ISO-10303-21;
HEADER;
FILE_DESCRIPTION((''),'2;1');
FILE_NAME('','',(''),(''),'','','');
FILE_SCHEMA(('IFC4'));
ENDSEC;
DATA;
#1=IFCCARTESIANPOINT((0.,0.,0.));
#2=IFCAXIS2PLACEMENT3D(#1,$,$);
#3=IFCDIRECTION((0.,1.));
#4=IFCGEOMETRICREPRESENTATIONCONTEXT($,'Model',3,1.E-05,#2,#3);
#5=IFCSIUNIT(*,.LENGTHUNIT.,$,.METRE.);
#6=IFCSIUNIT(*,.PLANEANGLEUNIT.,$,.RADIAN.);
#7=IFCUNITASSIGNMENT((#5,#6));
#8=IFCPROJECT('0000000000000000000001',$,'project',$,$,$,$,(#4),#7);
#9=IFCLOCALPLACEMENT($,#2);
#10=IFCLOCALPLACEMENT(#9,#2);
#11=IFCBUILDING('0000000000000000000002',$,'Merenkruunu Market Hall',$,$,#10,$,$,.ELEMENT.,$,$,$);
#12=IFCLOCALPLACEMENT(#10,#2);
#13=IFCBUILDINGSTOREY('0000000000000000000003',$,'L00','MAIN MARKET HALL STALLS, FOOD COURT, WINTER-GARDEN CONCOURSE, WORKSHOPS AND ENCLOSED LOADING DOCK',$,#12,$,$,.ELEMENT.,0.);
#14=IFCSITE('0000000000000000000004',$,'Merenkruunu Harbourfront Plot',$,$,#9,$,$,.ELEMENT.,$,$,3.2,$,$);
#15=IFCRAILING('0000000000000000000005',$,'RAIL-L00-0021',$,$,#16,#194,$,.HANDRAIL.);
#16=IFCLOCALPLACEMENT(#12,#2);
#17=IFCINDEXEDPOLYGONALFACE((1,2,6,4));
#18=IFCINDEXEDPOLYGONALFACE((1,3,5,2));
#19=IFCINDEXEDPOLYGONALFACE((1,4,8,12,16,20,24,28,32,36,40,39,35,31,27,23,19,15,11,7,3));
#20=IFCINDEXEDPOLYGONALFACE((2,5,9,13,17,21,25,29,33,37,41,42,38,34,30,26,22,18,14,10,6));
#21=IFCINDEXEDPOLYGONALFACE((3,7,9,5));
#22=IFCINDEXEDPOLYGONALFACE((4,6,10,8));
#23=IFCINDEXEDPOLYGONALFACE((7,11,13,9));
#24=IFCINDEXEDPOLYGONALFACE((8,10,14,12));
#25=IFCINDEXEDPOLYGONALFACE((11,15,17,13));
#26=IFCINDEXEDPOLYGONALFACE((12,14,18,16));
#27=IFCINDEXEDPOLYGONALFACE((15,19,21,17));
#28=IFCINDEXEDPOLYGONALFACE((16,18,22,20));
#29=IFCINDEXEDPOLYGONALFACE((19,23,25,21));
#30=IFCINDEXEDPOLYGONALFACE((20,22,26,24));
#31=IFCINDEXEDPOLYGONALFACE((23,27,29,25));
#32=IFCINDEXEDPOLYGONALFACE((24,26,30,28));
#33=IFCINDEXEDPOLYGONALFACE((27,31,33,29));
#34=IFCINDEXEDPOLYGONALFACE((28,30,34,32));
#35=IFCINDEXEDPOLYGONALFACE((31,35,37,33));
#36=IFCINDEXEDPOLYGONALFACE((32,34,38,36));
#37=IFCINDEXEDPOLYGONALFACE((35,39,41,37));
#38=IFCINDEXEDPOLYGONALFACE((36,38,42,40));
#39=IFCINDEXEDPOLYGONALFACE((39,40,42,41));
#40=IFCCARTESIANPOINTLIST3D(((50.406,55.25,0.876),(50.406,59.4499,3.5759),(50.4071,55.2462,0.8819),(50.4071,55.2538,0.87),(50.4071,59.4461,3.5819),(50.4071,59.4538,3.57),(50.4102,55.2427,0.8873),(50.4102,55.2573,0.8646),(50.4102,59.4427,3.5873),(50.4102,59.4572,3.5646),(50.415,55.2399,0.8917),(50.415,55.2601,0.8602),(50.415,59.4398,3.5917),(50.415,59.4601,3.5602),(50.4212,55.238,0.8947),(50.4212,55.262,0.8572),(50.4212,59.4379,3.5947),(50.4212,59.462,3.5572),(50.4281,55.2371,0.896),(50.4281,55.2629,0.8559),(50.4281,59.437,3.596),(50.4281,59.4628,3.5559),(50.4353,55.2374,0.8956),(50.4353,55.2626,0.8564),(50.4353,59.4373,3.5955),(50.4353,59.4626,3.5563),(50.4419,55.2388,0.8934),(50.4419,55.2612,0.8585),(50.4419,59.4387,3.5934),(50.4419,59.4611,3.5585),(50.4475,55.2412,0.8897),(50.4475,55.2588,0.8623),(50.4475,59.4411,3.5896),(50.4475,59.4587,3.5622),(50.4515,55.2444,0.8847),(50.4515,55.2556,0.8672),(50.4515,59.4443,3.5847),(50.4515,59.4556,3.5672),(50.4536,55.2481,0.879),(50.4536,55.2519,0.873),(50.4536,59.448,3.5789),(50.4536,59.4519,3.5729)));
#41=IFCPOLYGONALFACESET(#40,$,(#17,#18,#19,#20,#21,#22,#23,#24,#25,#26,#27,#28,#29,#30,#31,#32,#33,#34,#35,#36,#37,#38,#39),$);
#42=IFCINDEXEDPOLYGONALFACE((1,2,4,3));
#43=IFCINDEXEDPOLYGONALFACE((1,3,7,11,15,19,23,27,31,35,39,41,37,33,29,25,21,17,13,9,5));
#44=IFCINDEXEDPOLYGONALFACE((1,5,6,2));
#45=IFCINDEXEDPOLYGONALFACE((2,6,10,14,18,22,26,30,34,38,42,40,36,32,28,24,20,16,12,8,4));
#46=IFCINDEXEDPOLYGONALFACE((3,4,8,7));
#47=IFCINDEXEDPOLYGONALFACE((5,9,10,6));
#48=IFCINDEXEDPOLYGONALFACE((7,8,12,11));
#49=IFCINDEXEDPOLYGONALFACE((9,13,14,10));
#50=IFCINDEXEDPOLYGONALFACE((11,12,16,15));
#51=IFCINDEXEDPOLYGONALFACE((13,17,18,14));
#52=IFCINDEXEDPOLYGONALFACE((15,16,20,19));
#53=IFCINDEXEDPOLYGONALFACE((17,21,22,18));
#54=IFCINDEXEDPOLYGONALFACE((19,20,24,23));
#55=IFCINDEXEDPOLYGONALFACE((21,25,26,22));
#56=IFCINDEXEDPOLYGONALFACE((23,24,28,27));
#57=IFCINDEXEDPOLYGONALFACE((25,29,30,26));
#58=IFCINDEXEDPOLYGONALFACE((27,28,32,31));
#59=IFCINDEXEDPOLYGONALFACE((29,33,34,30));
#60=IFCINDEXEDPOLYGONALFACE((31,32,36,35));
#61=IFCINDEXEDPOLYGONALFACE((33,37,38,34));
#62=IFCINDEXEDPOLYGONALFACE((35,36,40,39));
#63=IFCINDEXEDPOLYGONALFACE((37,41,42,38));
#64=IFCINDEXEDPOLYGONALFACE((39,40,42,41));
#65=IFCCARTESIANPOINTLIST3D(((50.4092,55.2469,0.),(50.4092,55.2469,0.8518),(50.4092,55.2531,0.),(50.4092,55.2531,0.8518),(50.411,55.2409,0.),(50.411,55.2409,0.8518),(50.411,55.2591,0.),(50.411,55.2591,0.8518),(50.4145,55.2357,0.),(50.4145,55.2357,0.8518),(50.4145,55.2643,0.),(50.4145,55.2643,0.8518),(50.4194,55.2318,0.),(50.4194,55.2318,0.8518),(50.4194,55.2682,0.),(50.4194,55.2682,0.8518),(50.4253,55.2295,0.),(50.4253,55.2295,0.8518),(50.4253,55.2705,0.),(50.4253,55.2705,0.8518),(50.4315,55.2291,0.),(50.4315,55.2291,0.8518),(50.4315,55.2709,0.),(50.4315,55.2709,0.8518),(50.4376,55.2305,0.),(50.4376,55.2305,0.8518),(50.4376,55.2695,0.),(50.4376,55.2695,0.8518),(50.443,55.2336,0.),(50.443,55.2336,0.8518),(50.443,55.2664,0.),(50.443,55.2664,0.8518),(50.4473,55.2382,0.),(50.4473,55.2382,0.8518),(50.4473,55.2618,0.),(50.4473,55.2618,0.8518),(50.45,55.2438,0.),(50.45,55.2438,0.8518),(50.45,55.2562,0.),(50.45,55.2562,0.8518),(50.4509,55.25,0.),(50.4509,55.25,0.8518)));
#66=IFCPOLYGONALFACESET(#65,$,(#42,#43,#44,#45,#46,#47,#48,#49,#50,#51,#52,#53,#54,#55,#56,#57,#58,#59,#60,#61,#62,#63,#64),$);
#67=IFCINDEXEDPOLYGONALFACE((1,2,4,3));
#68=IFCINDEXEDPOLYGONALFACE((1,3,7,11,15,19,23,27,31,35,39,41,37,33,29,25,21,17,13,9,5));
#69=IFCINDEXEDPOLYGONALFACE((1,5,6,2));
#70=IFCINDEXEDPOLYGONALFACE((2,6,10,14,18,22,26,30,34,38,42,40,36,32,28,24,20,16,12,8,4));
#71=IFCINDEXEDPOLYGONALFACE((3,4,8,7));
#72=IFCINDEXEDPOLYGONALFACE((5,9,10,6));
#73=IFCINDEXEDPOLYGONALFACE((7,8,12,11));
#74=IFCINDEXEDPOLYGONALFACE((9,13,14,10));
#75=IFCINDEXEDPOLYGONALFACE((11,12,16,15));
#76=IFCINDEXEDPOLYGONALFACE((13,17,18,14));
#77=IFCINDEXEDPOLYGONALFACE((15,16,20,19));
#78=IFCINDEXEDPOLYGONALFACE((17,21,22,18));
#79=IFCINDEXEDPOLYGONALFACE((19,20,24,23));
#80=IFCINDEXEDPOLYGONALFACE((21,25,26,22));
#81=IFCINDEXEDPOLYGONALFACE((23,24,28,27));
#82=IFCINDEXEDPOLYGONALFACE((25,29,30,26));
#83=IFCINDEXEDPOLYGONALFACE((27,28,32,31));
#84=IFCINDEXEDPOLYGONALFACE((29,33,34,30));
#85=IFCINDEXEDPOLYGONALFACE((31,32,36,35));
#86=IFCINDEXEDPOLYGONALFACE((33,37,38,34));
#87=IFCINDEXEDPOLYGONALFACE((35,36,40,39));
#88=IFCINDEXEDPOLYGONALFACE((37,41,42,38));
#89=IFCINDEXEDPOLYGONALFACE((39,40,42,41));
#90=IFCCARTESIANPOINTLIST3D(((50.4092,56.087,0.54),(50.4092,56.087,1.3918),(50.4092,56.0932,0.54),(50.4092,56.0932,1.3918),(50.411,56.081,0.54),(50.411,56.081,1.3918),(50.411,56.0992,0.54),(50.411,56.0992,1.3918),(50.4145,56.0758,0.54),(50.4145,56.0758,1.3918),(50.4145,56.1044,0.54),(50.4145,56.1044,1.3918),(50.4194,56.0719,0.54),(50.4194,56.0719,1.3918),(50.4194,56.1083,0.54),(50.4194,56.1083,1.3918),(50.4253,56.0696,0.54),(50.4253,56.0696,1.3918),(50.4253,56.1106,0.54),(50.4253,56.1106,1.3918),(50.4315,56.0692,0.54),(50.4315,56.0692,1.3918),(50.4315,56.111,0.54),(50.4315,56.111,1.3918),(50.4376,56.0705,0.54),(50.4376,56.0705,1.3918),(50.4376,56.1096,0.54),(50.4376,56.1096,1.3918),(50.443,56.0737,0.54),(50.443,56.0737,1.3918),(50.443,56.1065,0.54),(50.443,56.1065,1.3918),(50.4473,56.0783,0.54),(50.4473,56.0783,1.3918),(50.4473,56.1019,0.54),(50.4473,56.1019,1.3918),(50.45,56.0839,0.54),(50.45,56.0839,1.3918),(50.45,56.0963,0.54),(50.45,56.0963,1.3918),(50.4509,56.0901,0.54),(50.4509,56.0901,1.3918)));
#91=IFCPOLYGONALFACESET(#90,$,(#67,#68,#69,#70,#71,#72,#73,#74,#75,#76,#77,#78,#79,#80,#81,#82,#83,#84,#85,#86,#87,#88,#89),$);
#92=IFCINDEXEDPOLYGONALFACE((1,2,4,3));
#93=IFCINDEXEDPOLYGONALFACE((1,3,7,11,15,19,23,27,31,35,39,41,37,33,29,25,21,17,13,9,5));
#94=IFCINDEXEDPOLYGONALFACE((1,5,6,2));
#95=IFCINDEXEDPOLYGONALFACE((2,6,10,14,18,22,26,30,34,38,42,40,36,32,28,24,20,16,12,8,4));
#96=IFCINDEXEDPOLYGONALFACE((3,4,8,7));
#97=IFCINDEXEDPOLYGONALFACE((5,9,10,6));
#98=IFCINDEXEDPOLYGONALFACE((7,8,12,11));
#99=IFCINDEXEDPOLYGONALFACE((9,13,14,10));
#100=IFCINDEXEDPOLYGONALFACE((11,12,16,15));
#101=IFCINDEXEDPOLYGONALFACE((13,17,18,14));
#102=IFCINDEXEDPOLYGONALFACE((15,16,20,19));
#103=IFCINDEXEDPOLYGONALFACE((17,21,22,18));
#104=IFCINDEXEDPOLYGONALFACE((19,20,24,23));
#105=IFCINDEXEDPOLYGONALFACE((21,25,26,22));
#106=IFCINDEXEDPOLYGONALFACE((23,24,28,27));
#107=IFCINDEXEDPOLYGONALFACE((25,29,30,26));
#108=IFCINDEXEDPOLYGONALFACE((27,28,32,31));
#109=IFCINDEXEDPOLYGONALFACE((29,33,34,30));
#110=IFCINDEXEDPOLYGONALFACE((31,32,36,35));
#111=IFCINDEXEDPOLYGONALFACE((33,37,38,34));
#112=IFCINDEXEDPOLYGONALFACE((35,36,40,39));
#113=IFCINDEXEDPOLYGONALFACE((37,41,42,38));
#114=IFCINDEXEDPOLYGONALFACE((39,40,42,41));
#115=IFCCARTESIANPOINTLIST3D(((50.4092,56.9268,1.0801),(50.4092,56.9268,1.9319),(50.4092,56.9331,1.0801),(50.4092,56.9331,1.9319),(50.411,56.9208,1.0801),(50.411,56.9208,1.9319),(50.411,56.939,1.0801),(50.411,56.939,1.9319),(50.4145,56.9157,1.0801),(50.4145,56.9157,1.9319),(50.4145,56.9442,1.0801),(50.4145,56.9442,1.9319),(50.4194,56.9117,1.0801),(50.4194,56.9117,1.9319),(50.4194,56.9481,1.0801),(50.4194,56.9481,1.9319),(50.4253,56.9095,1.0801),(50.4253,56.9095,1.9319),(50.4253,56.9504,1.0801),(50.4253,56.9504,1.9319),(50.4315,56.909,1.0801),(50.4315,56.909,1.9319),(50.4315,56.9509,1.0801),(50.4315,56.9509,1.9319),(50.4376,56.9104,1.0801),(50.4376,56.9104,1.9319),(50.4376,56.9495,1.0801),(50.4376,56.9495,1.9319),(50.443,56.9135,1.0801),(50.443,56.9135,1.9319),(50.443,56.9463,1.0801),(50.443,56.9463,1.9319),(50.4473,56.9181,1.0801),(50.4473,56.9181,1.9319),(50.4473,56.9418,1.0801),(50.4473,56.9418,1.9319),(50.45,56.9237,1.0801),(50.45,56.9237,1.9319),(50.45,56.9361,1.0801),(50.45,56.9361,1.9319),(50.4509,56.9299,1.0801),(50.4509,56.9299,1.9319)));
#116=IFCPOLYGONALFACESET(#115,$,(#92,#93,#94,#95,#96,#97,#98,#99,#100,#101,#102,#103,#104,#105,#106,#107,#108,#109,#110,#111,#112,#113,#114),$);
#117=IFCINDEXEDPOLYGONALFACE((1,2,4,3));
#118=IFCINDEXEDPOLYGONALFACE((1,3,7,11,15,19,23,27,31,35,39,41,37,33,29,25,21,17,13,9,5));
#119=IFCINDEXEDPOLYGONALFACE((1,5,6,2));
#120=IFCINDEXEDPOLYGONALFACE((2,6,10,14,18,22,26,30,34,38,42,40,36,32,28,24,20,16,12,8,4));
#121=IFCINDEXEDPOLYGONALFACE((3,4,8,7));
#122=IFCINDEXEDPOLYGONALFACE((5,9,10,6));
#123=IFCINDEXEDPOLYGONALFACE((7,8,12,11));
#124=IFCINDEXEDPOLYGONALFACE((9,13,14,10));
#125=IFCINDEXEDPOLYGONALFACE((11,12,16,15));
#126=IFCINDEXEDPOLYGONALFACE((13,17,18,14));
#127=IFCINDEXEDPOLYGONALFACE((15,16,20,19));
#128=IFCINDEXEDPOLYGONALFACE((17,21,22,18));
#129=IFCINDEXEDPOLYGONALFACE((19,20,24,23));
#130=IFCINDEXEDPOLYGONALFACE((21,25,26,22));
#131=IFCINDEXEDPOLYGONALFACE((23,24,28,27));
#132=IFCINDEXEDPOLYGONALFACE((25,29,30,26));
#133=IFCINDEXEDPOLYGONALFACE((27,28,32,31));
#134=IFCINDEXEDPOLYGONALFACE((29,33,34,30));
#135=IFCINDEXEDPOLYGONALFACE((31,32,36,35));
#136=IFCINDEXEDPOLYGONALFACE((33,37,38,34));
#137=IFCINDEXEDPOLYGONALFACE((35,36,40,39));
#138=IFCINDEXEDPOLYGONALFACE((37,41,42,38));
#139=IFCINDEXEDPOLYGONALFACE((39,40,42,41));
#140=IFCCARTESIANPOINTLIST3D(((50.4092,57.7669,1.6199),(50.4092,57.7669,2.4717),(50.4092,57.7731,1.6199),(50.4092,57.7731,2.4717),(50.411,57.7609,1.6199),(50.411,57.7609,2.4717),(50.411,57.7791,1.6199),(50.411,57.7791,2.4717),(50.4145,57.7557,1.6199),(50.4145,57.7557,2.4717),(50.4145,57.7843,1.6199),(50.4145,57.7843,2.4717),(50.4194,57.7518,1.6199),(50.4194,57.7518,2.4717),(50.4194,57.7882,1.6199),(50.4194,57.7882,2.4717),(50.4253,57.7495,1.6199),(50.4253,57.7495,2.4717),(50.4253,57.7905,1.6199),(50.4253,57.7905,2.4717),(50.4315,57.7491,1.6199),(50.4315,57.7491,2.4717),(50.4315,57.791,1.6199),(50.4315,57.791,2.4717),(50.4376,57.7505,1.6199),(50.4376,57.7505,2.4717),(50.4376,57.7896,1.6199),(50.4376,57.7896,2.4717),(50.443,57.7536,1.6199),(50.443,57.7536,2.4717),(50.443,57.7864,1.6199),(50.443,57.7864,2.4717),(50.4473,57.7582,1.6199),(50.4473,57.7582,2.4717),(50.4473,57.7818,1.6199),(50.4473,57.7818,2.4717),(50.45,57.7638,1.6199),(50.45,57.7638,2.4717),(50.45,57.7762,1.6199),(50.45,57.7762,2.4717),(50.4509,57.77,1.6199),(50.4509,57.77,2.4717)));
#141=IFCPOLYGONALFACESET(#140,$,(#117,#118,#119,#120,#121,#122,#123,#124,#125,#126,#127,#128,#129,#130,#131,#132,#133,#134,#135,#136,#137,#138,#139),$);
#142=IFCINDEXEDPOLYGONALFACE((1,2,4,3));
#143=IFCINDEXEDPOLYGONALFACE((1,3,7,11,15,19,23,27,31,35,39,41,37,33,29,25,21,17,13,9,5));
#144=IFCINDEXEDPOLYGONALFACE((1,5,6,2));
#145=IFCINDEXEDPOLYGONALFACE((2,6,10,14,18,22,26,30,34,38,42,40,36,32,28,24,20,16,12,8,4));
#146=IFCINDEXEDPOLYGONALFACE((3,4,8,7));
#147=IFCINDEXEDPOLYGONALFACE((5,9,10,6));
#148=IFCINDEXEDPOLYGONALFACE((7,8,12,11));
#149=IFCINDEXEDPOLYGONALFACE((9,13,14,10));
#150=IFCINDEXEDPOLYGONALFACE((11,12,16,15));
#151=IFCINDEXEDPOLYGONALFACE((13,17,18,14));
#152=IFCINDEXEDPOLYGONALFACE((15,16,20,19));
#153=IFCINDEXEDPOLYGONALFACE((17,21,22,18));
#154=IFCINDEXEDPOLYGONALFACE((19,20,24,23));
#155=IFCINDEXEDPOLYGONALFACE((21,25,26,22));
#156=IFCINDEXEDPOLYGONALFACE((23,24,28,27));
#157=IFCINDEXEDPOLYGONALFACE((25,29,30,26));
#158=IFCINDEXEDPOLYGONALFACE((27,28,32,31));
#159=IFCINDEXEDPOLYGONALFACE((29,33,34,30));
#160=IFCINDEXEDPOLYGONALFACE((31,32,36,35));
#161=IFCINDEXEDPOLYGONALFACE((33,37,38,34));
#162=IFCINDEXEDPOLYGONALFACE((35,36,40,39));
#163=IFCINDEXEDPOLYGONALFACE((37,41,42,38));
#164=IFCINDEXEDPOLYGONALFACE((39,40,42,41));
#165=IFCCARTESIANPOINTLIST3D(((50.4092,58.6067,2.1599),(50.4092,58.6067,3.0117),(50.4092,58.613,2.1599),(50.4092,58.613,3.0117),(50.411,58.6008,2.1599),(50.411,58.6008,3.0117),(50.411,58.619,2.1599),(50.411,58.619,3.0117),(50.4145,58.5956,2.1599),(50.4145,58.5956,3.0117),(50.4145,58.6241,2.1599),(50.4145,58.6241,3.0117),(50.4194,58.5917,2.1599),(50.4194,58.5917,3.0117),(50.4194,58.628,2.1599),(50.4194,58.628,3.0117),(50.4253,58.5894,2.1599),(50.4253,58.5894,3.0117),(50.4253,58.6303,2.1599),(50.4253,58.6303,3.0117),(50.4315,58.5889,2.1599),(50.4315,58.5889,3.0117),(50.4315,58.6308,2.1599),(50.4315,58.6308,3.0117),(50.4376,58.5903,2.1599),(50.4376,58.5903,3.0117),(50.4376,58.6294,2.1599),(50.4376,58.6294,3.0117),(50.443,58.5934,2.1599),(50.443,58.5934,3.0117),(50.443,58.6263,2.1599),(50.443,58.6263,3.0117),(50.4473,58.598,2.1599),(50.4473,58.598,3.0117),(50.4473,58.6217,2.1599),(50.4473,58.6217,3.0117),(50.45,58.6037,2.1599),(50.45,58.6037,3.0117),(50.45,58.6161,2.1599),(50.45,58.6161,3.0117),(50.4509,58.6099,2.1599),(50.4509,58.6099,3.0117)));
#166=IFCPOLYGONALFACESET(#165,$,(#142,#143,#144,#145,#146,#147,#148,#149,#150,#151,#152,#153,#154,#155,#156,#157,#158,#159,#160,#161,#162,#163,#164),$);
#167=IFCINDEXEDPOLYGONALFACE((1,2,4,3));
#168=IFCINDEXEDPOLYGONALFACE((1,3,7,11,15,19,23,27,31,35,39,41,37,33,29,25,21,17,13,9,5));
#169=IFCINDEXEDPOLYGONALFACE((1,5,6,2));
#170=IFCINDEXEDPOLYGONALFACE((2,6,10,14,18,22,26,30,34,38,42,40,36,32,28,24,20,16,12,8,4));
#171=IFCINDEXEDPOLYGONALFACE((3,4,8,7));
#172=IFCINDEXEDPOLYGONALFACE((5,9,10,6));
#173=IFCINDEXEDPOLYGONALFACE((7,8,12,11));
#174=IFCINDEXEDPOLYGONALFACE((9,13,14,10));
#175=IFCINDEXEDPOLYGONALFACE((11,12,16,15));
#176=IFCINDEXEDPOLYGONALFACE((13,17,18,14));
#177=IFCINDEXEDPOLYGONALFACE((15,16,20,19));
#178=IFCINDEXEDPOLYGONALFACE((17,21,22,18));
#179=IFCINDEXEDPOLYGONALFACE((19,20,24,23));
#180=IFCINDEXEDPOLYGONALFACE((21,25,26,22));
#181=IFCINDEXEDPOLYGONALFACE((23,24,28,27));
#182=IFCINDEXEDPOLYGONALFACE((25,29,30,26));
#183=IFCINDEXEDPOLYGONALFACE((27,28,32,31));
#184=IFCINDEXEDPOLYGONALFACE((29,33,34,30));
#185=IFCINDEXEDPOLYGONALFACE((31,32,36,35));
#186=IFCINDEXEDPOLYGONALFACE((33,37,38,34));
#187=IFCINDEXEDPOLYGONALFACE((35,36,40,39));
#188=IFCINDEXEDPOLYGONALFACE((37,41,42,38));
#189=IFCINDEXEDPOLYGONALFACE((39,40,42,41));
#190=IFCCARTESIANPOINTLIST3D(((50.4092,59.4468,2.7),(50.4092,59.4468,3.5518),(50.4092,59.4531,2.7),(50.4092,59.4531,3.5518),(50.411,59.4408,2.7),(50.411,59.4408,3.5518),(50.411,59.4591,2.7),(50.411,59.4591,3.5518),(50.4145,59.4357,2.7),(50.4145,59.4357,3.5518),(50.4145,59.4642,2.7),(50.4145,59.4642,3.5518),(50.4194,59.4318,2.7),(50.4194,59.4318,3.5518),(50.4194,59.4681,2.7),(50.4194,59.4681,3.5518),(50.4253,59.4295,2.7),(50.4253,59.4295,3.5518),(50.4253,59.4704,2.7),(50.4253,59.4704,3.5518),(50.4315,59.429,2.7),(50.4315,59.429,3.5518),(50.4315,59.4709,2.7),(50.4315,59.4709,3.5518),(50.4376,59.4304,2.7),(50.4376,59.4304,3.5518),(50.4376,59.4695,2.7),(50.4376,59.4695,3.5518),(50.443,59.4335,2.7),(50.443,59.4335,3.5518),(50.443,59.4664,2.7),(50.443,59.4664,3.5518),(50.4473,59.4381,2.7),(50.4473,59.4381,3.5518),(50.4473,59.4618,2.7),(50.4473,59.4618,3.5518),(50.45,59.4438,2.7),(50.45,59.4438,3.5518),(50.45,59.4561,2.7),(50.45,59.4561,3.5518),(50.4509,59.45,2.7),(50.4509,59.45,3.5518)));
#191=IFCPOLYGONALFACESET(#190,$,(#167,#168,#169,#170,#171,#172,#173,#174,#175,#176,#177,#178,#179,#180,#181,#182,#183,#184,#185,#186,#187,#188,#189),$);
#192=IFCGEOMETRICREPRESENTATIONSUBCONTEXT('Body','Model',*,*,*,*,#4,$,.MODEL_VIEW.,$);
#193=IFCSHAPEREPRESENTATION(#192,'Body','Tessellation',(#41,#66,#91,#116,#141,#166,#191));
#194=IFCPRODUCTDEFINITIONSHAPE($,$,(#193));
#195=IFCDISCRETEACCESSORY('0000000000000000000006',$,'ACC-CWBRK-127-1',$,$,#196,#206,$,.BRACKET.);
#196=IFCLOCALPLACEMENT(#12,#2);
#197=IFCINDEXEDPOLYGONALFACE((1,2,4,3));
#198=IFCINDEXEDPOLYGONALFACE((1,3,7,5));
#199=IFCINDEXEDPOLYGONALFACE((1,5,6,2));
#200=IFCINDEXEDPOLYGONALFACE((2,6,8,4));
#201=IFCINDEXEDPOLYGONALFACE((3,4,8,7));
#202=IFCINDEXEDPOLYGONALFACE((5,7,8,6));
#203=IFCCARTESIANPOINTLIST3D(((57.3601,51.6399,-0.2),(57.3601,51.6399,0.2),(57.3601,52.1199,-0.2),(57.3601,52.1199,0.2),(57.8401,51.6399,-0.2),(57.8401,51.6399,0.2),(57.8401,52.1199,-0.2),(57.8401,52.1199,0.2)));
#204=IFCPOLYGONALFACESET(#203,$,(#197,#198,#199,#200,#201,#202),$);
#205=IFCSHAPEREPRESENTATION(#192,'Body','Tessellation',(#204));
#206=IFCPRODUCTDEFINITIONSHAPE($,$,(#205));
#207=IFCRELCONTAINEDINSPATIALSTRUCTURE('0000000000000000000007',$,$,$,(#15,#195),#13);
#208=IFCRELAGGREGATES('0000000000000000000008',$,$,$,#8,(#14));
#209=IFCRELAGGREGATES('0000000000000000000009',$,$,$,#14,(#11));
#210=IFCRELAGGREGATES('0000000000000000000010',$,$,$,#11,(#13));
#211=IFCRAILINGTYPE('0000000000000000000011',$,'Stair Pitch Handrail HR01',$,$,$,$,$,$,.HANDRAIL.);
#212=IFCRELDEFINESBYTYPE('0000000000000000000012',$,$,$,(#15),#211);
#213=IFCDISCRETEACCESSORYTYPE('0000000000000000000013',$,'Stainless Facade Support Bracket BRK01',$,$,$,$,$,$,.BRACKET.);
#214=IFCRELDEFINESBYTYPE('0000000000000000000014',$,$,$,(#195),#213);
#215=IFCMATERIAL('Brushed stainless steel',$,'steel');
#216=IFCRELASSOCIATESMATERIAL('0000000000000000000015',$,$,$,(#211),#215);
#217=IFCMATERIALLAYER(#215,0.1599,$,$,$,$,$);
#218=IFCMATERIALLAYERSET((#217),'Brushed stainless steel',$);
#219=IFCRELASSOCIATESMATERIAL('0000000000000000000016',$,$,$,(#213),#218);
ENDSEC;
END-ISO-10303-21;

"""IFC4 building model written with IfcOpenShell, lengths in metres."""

from ifc_helpers import new_model, si_unit, direction, frame, origin, origin_2d, place, context, subcontext, project, spatial, rectangle, circle, extrude, material, layer, layer_set, type_object, element, save


model = new_model("IFC4")

# Units and contexts
model_context = context("Model", 3, precision=1e-05, world=origin(), true_north=direction((0.0, 1.0)))
body_context = subcontext(model_context, "Body", "Model", "MODEL_VIEW")
ifc_project = project(units=[si_unit("LENGTHUNIT", "METRE"), si_unit("PLANEANGLEUNIT", "RADIAN")], contexts=[model_context])

# Site, building, storey
site_placement = place(None, origin())
site = spatial("IfcSite", under=ifc_project, at=site_placement, Name="Merenkruunu Harbourfront Plot", CompositionType="ELEMENT", RefElevation=3.2)
building_placement = place(site_placement, origin())
building = spatial("IfcBuilding", under=site, at=building_placement, Name="Merenkruunu Market Hall", CompositionType="ELEMENT")
storey_placement = place(building_placement, origin())
storey = spatial("IfcBuildingStorey", under=building, at=storey_placement, Name="L00", Description="MAIN MARKET HALL STALLS, FOOD COURT, WINTER-GARDEN CONCOURSE, WORKSHOPS AND ENCLOSED LOADING DOCK", CompositionType="ELEMENT", Elevation=0.0)

# Railing
ifc_material_1 = material(Name="Brushed stainless steel", Category="steel")
railing_type_1 = type_object("IfcRailingType", Name="Stair Pitch Handrail HR01", PredefinedType="HANDRAIL", material=ifc_material_1)
railing_1_placement = place(storey_placement, frame((50.4299, 55.25, 0.0)))
element("IfcRailing", 1, at=railing_1_placement, inside=storey, type_object=railing_type_1, Name="RAIL-L00-0021", PredefinedType="HANDRAIL", context=body_context, shape_type="SweptSolid", body=[
    extrude(circle(Radius=0.0239, at=origin_2d()), frame((0.0, 0.0, 0.876), z_axis=(0.0, 0.84118, 0.540755), x_axis=(-1.0, 0.0, 0.0)), (0.0, 0.0, 1.0), 4.9929),
    extrude(circle(Radius=0.021, at=origin_2d()), origin(), (0.0, 0.0, 1.0), 0.8518),
    extrude(circle(Radius=0.021, at=origin_2d()), frame((0.0, 0.8401, 0.54)), (0.0, 0.0, 1.0), 0.8518),
    extrude(circle(Radius=0.021, at=origin_2d()), frame((0.0, 1.6799, 1.0801)), (0.0, 0.0, 1.0), 0.8518),
    extrude(circle(Radius=0.021, at=origin_2d()), frame((0.0, 2.52, 1.6199)), (0.0, 0.0, 1.0), 0.8518),
    extrude(circle(Radius=0.021, at=origin_2d()), frame((0.0, 3.3599, 2.1599)), (0.0, 0.0, 1.0), 0.8518),
    extrude(circle(Radius=0.021, at=origin_2d()), frame((0.0, 4.2, 2.7)), (0.0, 0.0, 1.0), 0.8518),
])

# Discrete accessory
ifc_layer_1 = layer(ifc_material_1, 0.1599)
ifc_layer_set_1 = layer_set([ifc_layer_1], Name="Brushed stainless steel")
discrete_accessory_type = type_object("IfcDiscreteAccessoryType", Name="Stainless Facade Support Bracket BRK01", PredefinedType="BRACKET", material=ifc_layer_set_1)
discrete_accessory_placement = place(storey_placement, frame((57.6001, 51.8799, -0.2), z_axis=(0.0, 0.0, 1.0), x_axis=(1.0, 0.0, 0.0)))
element("IfcDiscreteAccessory", 2, at=discrete_accessory_placement, inside=storey, type_object=discrete_accessory_type, Name="ACC-CWBRK-127-1", PredefinedType="BRACKET", context=body_context, shape_type="SweptSolid", body=[
    extrude(rectangle(XDim=0.48, YDim=0.48, at=origin_2d()), origin(), (0.0, 0.0, 1.0), 0.3999),
])

save(model, "model.ifc")
